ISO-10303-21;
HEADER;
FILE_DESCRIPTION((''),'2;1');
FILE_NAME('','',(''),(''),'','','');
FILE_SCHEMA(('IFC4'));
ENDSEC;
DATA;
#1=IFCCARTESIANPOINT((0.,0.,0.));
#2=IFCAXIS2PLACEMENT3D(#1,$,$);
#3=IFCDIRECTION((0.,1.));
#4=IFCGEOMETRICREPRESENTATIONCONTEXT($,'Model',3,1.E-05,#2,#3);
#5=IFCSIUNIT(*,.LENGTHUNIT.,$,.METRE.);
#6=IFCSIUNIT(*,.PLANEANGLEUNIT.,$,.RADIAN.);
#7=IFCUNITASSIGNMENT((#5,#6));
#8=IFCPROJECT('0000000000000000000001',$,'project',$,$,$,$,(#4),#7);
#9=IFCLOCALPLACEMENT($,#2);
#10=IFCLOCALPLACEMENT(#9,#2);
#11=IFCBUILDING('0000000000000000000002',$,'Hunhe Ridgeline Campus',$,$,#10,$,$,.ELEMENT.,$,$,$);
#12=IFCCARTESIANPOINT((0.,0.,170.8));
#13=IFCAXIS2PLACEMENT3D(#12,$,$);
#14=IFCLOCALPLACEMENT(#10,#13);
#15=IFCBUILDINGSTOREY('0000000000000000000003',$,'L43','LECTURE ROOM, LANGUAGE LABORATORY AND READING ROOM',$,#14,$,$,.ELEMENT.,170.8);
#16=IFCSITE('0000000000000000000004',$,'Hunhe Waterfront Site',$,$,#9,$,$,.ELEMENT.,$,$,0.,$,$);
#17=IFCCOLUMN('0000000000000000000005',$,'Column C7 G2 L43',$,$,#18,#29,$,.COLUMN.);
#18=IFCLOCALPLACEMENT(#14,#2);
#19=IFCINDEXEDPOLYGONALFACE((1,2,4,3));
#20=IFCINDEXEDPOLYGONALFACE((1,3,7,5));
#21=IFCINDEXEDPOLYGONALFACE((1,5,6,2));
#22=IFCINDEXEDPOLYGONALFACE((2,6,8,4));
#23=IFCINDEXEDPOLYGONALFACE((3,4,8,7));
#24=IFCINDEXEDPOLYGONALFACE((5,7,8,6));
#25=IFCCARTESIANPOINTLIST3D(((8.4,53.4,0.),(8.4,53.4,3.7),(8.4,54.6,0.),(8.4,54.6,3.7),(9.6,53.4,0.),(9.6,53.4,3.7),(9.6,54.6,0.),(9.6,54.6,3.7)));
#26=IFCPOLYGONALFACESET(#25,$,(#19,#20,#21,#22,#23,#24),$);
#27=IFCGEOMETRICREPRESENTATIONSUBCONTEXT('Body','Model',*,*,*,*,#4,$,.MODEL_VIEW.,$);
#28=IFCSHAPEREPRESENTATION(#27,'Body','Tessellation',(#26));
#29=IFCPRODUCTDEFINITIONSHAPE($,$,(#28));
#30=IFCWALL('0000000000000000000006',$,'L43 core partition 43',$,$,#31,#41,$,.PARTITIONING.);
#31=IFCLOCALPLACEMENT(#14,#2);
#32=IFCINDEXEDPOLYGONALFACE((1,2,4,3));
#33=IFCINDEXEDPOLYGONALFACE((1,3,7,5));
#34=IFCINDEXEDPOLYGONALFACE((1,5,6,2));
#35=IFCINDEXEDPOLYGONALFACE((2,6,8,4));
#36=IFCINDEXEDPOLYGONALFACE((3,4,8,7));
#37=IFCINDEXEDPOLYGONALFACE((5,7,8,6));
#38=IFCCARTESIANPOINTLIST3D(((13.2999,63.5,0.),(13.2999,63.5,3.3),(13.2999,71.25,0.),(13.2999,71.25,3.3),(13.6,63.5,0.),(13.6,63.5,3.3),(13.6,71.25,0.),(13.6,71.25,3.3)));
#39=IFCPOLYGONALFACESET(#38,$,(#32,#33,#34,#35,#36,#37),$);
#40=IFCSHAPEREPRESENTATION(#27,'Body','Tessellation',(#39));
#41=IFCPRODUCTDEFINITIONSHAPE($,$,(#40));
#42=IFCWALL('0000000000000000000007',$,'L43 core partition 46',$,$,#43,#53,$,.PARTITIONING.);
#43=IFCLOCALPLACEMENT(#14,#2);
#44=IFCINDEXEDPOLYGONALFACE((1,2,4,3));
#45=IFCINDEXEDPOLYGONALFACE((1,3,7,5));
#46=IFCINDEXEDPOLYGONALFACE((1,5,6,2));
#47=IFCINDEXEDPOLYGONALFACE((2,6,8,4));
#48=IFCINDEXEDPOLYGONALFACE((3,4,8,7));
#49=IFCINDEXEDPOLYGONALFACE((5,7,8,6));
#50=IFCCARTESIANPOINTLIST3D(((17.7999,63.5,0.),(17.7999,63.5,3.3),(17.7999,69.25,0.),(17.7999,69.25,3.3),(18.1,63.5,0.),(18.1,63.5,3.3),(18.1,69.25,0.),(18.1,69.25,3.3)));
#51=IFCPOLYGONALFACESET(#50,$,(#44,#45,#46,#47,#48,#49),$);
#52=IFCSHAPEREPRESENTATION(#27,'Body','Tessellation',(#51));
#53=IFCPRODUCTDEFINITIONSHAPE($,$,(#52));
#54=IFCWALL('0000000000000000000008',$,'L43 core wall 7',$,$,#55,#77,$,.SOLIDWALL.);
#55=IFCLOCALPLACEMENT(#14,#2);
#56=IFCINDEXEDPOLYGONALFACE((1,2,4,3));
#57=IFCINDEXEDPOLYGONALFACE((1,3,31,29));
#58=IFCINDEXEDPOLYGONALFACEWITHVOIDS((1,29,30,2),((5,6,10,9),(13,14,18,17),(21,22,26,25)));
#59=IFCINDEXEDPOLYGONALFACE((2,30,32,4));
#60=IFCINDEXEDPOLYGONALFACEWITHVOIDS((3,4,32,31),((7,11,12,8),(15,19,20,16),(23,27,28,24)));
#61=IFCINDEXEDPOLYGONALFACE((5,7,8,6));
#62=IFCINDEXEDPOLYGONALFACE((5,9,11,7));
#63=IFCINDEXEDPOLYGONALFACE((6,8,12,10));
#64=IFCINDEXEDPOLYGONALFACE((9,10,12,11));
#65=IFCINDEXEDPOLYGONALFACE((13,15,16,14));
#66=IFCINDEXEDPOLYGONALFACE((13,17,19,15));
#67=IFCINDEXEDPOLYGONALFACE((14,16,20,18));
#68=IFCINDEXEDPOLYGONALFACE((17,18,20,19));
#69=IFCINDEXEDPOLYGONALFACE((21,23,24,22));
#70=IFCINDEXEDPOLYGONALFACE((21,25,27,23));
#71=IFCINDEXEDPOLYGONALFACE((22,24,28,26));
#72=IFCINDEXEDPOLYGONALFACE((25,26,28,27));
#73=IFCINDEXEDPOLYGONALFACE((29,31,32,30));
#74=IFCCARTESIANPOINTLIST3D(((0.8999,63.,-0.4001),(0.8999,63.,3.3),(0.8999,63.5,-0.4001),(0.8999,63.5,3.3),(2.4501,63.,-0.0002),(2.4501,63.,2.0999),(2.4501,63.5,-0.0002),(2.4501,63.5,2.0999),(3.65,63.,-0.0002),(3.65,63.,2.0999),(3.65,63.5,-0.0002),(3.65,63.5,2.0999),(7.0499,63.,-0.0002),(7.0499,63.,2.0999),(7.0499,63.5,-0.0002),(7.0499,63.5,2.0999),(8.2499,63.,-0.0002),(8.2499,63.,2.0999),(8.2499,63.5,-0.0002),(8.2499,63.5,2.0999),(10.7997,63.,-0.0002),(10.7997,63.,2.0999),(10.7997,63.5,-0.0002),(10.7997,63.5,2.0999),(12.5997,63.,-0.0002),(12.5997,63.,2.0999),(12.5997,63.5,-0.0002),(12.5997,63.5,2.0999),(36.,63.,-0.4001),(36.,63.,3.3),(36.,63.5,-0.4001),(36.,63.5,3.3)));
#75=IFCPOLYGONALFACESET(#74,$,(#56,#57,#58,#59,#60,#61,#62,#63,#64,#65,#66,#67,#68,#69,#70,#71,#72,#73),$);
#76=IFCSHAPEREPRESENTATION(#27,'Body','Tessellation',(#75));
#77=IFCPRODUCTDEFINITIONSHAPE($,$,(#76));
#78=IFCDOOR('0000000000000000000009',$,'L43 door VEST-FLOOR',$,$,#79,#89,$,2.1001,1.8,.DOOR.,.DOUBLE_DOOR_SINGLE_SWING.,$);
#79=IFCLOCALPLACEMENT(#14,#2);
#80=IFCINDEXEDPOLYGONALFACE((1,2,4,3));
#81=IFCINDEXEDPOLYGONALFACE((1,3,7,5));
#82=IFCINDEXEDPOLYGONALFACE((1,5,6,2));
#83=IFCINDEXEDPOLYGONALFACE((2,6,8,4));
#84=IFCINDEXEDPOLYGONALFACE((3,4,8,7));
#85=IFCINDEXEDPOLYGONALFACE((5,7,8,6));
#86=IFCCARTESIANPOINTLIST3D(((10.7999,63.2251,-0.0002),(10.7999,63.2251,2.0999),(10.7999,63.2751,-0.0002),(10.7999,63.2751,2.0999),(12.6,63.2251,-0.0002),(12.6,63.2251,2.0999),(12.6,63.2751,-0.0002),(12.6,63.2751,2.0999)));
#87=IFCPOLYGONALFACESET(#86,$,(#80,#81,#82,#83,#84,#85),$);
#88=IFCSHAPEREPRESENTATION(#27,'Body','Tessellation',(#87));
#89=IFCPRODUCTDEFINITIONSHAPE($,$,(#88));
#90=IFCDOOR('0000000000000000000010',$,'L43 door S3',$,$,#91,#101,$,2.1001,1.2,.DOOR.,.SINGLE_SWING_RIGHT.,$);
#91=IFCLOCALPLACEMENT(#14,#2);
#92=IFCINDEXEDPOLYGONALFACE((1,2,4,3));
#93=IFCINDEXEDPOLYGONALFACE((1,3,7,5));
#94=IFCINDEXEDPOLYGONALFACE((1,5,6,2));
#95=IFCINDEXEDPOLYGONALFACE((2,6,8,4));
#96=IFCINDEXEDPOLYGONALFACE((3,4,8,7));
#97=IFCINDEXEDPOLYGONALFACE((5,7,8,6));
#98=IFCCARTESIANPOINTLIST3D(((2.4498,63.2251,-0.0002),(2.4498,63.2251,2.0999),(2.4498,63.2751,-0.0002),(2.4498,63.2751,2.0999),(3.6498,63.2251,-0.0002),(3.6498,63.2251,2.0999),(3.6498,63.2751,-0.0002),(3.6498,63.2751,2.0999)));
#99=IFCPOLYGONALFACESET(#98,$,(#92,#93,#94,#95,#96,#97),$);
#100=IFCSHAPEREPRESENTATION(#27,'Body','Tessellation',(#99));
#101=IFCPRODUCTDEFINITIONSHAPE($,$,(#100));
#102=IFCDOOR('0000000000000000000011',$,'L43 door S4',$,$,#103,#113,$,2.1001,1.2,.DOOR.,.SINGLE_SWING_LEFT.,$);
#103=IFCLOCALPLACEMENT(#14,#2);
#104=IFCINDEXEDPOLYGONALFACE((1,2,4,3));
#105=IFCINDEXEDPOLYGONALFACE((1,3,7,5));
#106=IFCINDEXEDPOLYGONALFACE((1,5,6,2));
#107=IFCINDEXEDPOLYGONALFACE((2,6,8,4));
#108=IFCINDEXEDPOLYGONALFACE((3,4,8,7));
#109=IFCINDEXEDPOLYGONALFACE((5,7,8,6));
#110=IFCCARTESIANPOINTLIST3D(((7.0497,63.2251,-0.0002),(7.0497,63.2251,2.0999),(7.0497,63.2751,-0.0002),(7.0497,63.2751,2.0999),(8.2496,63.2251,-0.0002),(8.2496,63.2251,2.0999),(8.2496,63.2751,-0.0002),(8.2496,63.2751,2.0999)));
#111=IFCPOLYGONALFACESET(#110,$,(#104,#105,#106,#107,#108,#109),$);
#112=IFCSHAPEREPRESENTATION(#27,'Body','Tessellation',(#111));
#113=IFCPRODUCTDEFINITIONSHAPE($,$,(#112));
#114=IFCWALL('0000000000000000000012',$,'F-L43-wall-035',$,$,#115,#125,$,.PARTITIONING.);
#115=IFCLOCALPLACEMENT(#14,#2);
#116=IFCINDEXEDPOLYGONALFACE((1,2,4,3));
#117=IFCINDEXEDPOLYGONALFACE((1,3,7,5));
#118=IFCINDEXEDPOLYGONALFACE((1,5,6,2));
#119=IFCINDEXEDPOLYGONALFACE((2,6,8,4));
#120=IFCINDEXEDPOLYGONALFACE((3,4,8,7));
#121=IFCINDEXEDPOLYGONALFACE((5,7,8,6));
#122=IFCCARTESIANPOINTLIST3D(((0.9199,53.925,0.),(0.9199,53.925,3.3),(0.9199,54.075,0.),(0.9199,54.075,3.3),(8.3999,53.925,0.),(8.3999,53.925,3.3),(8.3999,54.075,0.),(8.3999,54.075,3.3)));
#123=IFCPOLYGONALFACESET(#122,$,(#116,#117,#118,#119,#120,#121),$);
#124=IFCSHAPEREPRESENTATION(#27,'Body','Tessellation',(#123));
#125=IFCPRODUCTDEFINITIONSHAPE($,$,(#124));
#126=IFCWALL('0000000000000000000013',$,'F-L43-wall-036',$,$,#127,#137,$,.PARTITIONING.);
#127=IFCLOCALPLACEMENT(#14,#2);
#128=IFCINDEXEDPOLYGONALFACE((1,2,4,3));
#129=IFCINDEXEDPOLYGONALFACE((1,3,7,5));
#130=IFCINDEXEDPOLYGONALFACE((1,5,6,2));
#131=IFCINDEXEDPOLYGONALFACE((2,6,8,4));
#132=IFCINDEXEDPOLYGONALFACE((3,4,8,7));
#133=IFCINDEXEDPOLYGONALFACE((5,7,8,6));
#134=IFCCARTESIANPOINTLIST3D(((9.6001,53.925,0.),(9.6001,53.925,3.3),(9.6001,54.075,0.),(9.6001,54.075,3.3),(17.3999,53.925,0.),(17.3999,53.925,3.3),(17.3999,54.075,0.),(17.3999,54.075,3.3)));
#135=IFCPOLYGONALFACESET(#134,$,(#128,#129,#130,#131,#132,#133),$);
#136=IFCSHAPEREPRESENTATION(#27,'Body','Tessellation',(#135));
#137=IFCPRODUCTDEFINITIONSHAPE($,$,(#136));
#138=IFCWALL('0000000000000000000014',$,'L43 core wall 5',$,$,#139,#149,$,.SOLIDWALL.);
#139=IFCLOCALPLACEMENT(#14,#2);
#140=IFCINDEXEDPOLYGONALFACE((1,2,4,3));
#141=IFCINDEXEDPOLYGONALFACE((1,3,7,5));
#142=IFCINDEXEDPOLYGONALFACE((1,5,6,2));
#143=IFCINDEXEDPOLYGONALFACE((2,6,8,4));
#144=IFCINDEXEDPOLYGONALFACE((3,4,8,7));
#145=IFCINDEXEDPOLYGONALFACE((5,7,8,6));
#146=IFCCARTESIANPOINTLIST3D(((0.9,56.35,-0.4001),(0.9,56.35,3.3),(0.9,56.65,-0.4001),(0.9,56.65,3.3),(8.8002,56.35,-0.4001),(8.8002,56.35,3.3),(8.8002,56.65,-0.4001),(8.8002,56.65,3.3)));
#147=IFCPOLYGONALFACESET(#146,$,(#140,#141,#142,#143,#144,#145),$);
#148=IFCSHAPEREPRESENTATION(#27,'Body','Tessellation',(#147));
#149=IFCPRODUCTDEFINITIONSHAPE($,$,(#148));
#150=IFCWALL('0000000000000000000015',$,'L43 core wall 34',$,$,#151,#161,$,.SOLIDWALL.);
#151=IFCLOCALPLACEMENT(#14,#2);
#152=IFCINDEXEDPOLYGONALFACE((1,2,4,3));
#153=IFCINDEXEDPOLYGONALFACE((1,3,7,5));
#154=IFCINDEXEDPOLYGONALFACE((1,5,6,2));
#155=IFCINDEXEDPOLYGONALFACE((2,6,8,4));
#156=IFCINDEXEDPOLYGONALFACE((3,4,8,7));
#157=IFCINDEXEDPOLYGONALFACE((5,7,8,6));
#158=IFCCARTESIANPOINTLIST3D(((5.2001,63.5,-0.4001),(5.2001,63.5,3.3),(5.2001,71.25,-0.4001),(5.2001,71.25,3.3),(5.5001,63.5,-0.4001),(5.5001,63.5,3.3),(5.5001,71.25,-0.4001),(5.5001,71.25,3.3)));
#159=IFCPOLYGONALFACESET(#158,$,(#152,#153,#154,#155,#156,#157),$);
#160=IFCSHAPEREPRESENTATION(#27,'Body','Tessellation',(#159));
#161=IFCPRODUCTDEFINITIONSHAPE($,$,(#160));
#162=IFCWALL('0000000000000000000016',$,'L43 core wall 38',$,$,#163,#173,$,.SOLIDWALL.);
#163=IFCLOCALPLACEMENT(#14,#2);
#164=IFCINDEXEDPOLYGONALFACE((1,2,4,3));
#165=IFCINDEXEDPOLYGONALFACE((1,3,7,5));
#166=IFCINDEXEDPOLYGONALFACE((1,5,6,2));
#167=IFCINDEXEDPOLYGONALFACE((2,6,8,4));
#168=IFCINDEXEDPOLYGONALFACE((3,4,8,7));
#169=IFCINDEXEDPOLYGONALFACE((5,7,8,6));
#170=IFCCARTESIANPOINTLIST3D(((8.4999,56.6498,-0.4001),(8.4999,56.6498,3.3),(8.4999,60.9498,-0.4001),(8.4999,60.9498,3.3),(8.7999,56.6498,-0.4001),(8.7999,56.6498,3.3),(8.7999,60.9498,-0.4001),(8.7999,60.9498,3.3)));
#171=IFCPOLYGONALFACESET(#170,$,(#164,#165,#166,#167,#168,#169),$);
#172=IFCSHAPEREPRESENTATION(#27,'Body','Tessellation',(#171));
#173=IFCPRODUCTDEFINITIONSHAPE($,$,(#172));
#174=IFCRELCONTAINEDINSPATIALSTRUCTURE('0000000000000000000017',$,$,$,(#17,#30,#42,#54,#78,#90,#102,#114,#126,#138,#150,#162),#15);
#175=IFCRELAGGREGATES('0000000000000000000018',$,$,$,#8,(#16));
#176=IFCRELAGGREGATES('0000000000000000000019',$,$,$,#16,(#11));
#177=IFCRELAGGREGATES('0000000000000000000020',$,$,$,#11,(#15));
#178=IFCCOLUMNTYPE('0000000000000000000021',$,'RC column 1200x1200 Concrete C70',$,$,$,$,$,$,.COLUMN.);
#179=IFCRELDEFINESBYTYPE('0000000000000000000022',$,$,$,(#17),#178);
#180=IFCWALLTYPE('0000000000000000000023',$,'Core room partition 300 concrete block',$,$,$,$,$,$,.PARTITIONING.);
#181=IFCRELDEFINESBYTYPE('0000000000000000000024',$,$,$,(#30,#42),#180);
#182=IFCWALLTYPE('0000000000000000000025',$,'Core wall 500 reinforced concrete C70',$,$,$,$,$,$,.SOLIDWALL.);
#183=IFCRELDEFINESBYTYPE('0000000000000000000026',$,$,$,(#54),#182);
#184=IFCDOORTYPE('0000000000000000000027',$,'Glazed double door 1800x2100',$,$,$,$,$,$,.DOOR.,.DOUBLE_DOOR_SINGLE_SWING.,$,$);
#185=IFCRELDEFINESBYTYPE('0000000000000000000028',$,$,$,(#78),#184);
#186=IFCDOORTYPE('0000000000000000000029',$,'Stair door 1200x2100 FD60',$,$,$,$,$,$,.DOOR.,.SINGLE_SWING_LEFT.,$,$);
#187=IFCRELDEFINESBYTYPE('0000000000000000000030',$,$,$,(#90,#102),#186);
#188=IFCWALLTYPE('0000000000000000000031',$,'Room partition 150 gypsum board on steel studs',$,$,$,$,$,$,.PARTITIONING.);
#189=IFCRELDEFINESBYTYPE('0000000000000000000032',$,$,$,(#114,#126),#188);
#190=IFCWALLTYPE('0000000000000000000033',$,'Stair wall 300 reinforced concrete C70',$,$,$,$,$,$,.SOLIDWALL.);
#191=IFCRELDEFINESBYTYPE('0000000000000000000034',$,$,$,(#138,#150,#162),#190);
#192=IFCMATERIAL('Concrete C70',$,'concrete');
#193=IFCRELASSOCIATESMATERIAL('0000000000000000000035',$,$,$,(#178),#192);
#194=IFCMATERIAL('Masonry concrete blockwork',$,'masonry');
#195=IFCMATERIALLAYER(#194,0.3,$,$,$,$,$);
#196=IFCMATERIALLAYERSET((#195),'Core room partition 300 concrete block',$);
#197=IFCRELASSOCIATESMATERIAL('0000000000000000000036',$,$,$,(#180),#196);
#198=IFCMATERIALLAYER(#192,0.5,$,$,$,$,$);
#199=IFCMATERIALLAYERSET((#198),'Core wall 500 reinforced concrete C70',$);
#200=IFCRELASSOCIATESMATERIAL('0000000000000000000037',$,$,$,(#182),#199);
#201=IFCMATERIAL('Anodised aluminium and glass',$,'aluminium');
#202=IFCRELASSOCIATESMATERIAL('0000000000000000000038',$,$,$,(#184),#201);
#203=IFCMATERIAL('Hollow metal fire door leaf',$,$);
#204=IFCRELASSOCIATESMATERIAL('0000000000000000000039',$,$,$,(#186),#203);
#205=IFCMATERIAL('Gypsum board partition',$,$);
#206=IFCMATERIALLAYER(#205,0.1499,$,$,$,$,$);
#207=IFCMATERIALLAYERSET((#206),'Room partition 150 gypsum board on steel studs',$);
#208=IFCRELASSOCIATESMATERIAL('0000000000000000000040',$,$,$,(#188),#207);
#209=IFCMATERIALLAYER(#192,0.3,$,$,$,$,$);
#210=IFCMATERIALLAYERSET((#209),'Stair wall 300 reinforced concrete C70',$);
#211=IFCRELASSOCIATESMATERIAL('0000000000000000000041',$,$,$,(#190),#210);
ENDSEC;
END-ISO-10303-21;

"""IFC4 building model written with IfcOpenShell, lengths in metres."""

from ifc_helpers import new_model, si_unit, direction, frame, frame_2d, origin, origin_2d, place, context, subcontext, project, spatial, rectangle, extrude, material, layer, layer_set, material_profile, profile_set, type_object, element, fill, save


model = new_model("IFC4")

# Units and contexts
model_context = context("Model", 3, precision=1e-05, world=origin(), true_north=direction((0.0, 1.0)))
body_context = subcontext(model_context, "Body", "Model", "MODEL_VIEW")
ifc_project = project(units=[si_unit("LENGTHUNIT", "METRE"), si_unit("PLANEANGLEUNIT", "RADIAN")], contexts=[model_context])

# Site, building, storey
site_placement = place(None, origin())
site = spatial("IfcSite", under=ifc_project, at=site_placement, Name="Hunhe Waterfront Site", CompositionType="ELEMENT", RefElevation=0.0)
building_placement = place(site_placement, origin())
building = spatial("IfcBuilding", under=site, at=building_placement, Name="Hunhe Ridgeline Campus", CompositionType="ELEMENT")
storey_placement = place(building_placement, frame((0.0, 0.0, 170.8)))
storey = spatial("IfcBuildingStorey", under=building, at=storey_placement, Name="L43", Description="LECTURE ROOM, LANGUAGE LABORATORY AND READING ROOM", CompositionType="ELEMENT", Elevation=170.8)

# Column
ifc_material_1 = material(Name="Concrete C70", Category="concrete")
ifc_material_profile = material_profile(ifc_material_1, rectangle(XDim=1.2, YDim=1.2, at=origin_2d()))
ifc_profile_set = profile_set([ifc_material_profile], Name="Concrete C70")
column_type = type_object("IfcColumnType", Name="RC column 1200x1200 Concrete C70", PredefinedType="COLUMN", material=ifc_profile_set)
column_placement = place(storey_placement, frame((9.0, 54.0, 0.0), z_axis=(0.0, 0.0, 1.0), x_axis=(1.0, 0.0, 0.0)))
element("IfcColumn", 1, at=column_placement, inside=storey, type_object=column_type, Name="Column C7 G2 L43", PredefinedType="COLUMN", context=body_context, shape_type="SweptSolid", body=[
    extrude(rectangle(XDim=1.2, YDim=1.2, at=origin_2d()), origin(), (0.0, 0.0, 1.0), 3.7),
])

# Shared definitions
ifc_material_2 = material(Name="Masonry concrete blockwork", Category="masonry")
ifc_layer_1 = layer(ifc_material_2, 0.3)
ifc_layer_set_1 = layer_set([ifc_layer_1], Name="Core room partition 300 concrete block")
wall_type_1 = type_object("IfcWallType", Name="Core room partition 300 concrete block", PredefinedType="PARTITIONING", material=ifc_layer_set_1)

# Walls
wall_1_placement = place(storey_placement, frame((13.45, 63.5, 0.0), z_axis=(0.0, 0.0, 1.0), x_axis=(0.0, 1.0, 0.0)))
element("IfcWall", 2, at=wall_1_placement, inside=storey, type_object=wall_type_1, Name="L43 core partition 43", PredefinedType="PARTITIONING", context=body_context, shape_type="SweptSolid", body=[
    extrude(rectangle(XDim=7.75, YDim=0.3, at=frame_2d((3.875, 0.0))), origin(), (0.0, 0.0, 1.0), 3.3),
])
wall_2_placement = place(storey_placement, frame((17.95, 63.5, 0.0), z_axis=(0.0, 0.0, 1.0), x_axis=(0.0, 1.0, 0.0)))
element("IfcWall", 3, at=wall_2_placement, inside=storey, type_object=wall_type_1, Name="L43 core partition 46", PredefinedType="PARTITIONING", context=body_context, shape_type="SweptSolid", body=[
    extrude(rectangle(XDim=5.75, YDim=0.3, at=frame_2d((2.875, 0.0))), origin(), (0.0, 0.0, 1.0), 3.3),
])

# Wall, openings, doors
ifc_layer_2 = layer(ifc_material_1, 0.5)
ifc_layer_set_2 = layer_set([ifc_layer_2], Name="Core wall 500 reinforced concrete C70")
wall_type_2 = type_object("IfcWallType", Name="Core wall 500 reinforced concrete C70", PredefinedType="SOLIDWALL", material=ifc_layer_set_2)
wall_3_placement = place(storey_placement, frame((0.8999, 63.25, -0.4001), z_axis=(0.0, 0.0, 1.0), x_axis=(1.0, 0.0, 0.0)))
wall_3 = element("IfcWall", 4, at=wall_3_placement, inside=storey, type_object=wall_type_2, Name="L43 core wall 7", PredefinedType="SOLIDWALL", context=body_context, shape_type="SweptSolid", body=[
    extrude(rectangle(XDim=35.1001, YDim=0.5, at=frame_2d((17.55, 0.0))), origin(), (0.0, 0.0, 1.0), 3.7002),
])
opening_1_placement = place(wall_3_placement, frame((9.8999, 0.0, 0.3999)))
opening_1 = element("IfcOpeningElement", 5, at=opening_1_placement, cuts=wall_3, PredefinedType="OPENING", context=body_context, shape_type="SweptSolid", body=[
    extrude(rectangle(XDim=1.8, YDim=2.1001, at=frame_2d((0.8999, 1.05))), frame((0.0, 0.25, 0.0), z_axis=(0.0, -1.0, 0.0), x_axis=(1.0, 0.0, 0.0)), (0.0, 0.0, 1.0), 0.5),
])
opening_2_placement = place(wall_3_placement, frame((1.55, 0.0, 0.3999)))
opening_2 = element("IfcOpeningElement", 6, at=opening_2_placement, cuts=wall_3, PredefinedType="OPENING", context=body_context, shape_type="SweptSolid", body=[
    extrude(rectangle(XDim=1.2, YDim=2.1001, at=frame_2d((0.6001, 1.05))), frame((0.0, 0.25, 0.0), z_axis=(0.0, -1.0, 0.0), x_axis=(1.0, 0.0, 0.0)), (0.0, 0.0, 1.0), 0.5),
])
opening_3_placement = place(wall_3_placement, frame((6.1499, 0.0, 0.3999)))
opening_3 = element("IfcOpeningElement", 7, at=opening_3_placement, cuts=wall_3, PredefinedType="OPENING", context=body_context, shape_type="SweptSolid", body=[
    extrude(rectangle(XDim=1.2, YDim=2.1001, at=frame_2d((0.6001, 1.05))), frame((0.0, 0.25, 0.0), z_axis=(0.0, -1.0, 0.0), x_axis=(1.0, 0.0, 0.0)), (0.0, 0.0, 1.0), 0.5),
])
ifc_material_3 = material(Name="Anodised aluminium and glass", Category="aluminium")
door_type_1 = type_object("IfcDoorType", Name="Glazed double door 1800x2100", OperationType="DOUBLE_DOOR_SINGLE_SWING", PredefinedType="DOOR", material=ifc_material_3)
door_1_placement = place(opening_1_placement, frame((1.8, 0.0, 0.0), z_axis=(0.0, 0.0, 1.0), x_axis=(-1.0, 0.0, 0.0)))
door_1 = element("IfcDoor", 8, at=door_1_placement, inside=storey, type_object=door_type_1, Name="L43 door VEST-FLOOR", OperationType="DOUBLE_DOOR_SINGLE_SWING", OverallHeight=2.1001, OverallWidth=1.8, PredefinedType="DOOR", context=body_context, shape_type="SweptSolid", body=[
    extrude(rectangle(XDim=1.8, YDim=2.1001, at=frame_2d((0.8999, 1.05))), frame((0.0, 0.0249, 0.0), z_axis=(0.0, -1.0, 0.0), x_axis=(1.0, 0.0, 0.0)), (0.0, 0.0, 1.0), 0.05),
])
fill(opening_1, door_1)
ifc_material_4 = material(Name="Hollow metal fire door leaf")
door_type_2 = type_object("IfcDoorType", Name="Stair door 1200x2100 FD60", OperationType="SINGLE_SWING_LEFT", PredefinedType="DOOR", material=ifc_material_4)
door_2_placement = place(opening_2_placement, frame((1.2, 0.0, 0.0), z_axis=(0.0, 0.0, 1.0), x_axis=(-1.0, 0.0, 0.0)))
door_2 = element("IfcDoor", 9, at=door_2_placement, inside=storey, type_object=door_type_2, Name="L43 door S3", OperationType="SINGLE_SWING_RIGHT", OverallHeight=2.1001, OverallWidth=1.2, PredefinedType="DOOR", context=body_context, shape_type="SweptSolid", body=[
    extrude(rectangle(XDim=1.2, YDim=2.1001, at=frame_2d((0.6001, 1.05))), frame((0.0, 0.0249, 0.0), z_axis=(0.0, -1.0, 0.0), x_axis=(1.0, 0.0, 0.0)), (0.0, 0.0, 1.0), 0.05),
])
fill(opening_2, door_2)
door_3_placement = place(opening_3_placement, frame((1.2, 0.0, 0.0), z_axis=(0.0, 0.0, 1.0), x_axis=(-1.0, 0.0, 0.0)))
door_3 = element("IfcDoor", 10, at=door_3_placement, inside=storey, type_object=door_type_2, Name="L43 door S4", OperationType="SINGLE_SWING_LEFT", OverallHeight=2.1001, OverallWidth=1.2, PredefinedType="DOOR", context=body_context, shape_type="SweptSolid", body=[
    extrude(rectangle(XDim=1.2, YDim=2.1001, at=frame_2d((0.6001, 1.05))), frame((0.0, 0.0249, 0.0), z_axis=(0.0, -1.0, 0.0), x_axis=(1.0, 0.0, 0.0)), (0.0, 0.0, 1.0), 0.05),
])
fill(opening_3, door_3)

# Walls
ifc_material_5 = material(Name="Gypsum board partition")
ifc_layer_3 = layer(ifc_material_5, 0.1499)
ifc_layer_set_3 = layer_set([ifc_layer_3], Name="Room partition 150 gypsum board on steel studs")
wall_type_3 = type_object("IfcWallType", Name="Room partition 150 gypsum board on steel studs", PredefinedType="PARTITIONING", material=ifc_layer_set_3)
wall_4_placement = place(storey_placement, frame((0.9199, 54.0, 0.0), z_axis=(0.0, 0.0, 1.0), x_axis=(1.0, 0.0, 0.0)))
element("IfcWall", 11, at=wall_4_placement, inside=storey, type_object=wall_type_3, Name="F-L43-wall-035", PredefinedType="PARTITIONING", context=body_context, shape_type="SweptSolid", body=[
    extrude(rectangle(XDim=7.48, YDim=0.1499, at=frame_2d((3.74, 0.0))), origin(), (0.0, 0.0, 1.0), 3.3),
])
wall_5_placement = place(storey_placement, frame((9.6001, 54.0, 0.0), z_axis=(0.0, 0.0, 1.0), x_axis=(1.0, 0.0, 0.0)))
element("IfcWall", 12, at=wall_5_placement, inside=storey, type_object=wall_type_3, Name="F-L43-wall-036", PredefinedType="PARTITIONING", context=body_context, shape_type="SweptSolid", body=[
    extrude(rectangle(XDim=7.7998, YDim=0.1499, at=frame_2d((3.8999, 0.0))), origin(), (0.0, 0.0, 1.0), 3.3),
])
ifc_layer_4 = layer(ifc_material_1, 0.3)
ifc_layer_set_4 = layer_set([ifc_layer_4], Name="Stair wall 300 reinforced concrete C70")
wall_type_4 = type_object("IfcWallType", Name="Stair wall 300 reinforced concrete C70", PredefinedType="SOLIDWALL", material=ifc_layer_set_4)
wall_6_placement = place(storey_placement, frame((0.8999, 56.5, -0.4001), z_axis=(0.0, 0.0, 1.0), x_axis=(1.0, 0.0, 0.0)))
element("IfcWall", 13, at=wall_6_placement, inside=storey, type_object=wall_type_4, Name="L43 core wall 5", PredefinedType="SOLIDWALL", context=body_context, shape_type="SweptSolid", body=[
    extrude(rectangle(XDim=7.9001, YDim=0.3, at=frame_2d((3.9502, 0.0))), origin(), (0.0, 0.0, 1.0), 3.7002),
])

# Walls
wall_7_placement = place(storey_placement, frame((5.3501, 63.5, -0.4001), z_axis=(0.0, 0.0, 1.0), x_axis=(0.0, 1.0, 0.0)))
element("IfcWall", 14, at=wall_7_placement, inside=storey, type_object=wall_type_4, Name="L43 core wall 34", PredefinedType="SOLIDWALL", context=body_context, shape_type="SweptSolid", body=[
    extrude(rectangle(XDim=7.75, YDim=0.3, at=frame_2d((3.875, 0.0))), origin(), (0.0, 0.0, 1.0), 3.7002),
])
wall_8_placement = place(storey_placement, frame((8.6499, 56.6499, -0.4001), z_axis=(0.0, 0.0, 1.0), x_axis=(0.0, 1.0, 0.0)))
element("IfcWall", 15, at=wall_8_placement, inside=storey, type_object=wall_type_4, Name="L43 core wall 38", PredefinedType="SOLIDWALL", context=body_context, shape_type="SweptSolid", body=[
    extrude(rectangle(XDim=4.3, YDim=0.3, at=frame_2d((2.1499, 0.0))), origin(), (0.0, 0.0, 1.0), 3.7002),
])

save(model, "model.ifc")
